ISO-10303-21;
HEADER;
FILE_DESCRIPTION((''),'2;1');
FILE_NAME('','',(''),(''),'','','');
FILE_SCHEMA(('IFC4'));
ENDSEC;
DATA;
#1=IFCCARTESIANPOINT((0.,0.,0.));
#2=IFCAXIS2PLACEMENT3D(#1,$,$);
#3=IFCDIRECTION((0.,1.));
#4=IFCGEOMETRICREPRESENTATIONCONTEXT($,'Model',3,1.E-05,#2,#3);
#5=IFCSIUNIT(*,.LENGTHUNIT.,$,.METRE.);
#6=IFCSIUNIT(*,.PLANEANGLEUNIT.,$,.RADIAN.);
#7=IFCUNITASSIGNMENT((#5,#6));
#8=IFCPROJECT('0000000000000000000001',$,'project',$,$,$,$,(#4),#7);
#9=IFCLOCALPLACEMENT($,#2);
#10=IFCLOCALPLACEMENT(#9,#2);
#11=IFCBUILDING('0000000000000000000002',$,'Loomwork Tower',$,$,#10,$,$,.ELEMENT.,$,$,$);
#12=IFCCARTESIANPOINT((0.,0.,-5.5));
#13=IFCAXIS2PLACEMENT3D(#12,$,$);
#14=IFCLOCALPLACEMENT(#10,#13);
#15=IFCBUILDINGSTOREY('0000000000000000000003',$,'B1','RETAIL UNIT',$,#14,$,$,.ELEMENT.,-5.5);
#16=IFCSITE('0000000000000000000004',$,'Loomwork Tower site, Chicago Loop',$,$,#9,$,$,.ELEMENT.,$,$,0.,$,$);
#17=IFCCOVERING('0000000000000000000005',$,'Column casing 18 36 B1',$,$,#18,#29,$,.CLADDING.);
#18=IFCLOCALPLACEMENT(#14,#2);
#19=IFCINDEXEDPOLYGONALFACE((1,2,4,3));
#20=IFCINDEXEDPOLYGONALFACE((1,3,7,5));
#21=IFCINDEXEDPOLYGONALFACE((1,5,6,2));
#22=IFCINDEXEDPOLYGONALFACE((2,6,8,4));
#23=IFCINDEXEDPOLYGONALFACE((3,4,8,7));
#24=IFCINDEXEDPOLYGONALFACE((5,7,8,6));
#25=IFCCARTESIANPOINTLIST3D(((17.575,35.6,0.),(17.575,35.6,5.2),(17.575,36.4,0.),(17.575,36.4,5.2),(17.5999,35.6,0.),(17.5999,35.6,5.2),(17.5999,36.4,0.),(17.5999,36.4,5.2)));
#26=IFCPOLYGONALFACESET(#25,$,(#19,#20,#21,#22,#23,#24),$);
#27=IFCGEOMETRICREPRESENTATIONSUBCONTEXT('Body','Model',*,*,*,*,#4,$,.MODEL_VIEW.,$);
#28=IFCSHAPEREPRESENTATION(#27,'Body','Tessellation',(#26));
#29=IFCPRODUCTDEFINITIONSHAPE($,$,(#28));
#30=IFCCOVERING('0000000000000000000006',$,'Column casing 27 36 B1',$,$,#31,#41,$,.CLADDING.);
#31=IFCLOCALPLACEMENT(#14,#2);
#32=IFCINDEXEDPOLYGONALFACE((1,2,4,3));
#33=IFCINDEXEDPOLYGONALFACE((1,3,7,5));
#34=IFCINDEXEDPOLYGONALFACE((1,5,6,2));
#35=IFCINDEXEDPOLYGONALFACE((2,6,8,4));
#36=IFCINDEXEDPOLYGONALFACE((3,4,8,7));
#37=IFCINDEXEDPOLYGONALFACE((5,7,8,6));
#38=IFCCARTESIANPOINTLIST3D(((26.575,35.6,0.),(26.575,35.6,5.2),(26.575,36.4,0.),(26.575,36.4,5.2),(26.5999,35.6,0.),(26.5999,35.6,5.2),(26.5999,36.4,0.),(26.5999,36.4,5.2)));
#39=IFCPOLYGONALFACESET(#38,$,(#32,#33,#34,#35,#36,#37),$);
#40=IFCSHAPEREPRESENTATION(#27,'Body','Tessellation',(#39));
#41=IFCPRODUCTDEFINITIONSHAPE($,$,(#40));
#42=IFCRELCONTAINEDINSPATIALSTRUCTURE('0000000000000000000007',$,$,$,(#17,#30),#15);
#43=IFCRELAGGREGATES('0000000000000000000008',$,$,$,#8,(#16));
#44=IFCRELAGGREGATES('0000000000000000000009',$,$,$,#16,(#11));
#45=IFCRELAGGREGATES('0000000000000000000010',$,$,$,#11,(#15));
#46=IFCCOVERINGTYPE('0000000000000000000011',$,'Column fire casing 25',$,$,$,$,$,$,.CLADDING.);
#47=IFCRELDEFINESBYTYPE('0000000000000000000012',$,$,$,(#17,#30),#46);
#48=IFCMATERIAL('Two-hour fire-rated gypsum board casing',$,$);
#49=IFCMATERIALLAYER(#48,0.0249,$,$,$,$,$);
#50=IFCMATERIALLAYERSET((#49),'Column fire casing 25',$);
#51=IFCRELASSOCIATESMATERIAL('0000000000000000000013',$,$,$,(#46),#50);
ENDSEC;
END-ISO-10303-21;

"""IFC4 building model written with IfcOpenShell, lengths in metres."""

from ifc_helpers import new_model, si_unit, direction, frame, origin, origin_2d, place, context, subcontext, project, spatial, rectangle, extrude, material, layer, layer_set, type_object, element, save


model = new_model("IFC4")

# Units and contexts
model_context = context("Model", 3, precision=1e-05, world=origin(), true_north=direction((0.0, 1.0)))
body_context = subcontext(model_context, "Body", "Model", "MODEL_VIEW")
ifc_project = project(units=[si_unit("LENGTHUNIT", "METRE"), si_unit("PLANEANGLEUNIT", "RADIAN")], contexts=[model_context])

# Site, building, storey
site_placement = place(None, origin())
site = spatial("IfcSite", under=ifc_project, at=site_placement, Name="Loomwork Tower site, Chicago Loop", CompositionType="ELEMENT", RefElevation=0.0)
building_placement = place(site_placement, origin())
building = spatial("IfcBuilding", under=site, at=building_placement, Name="Loomwork Tower", CompositionType="ELEMENT")
storey_placement = place(building_placement, frame((0.0, 0.0, -5.5)))
storey = spatial("IfcBuildingStorey", under=building, at=storey_placement, Name="B1", Description="RETAIL UNIT", CompositionType="ELEMENT", Elevation=-5.5)

# Coverings
ifc_material_1 = material(Name="Two-hour fire-rated gypsum board casing")
ifc_layer_1 = layer(ifc_material_1, 0.0249)
ifc_layer_set_1 = layer_set([ifc_layer_1], Name="Column fire casing 25")
covering_type = type_object("IfcCoveringType", Name="Column fire casing 25", PredefinedType="CLADDING", material=ifc_layer_set_1)
for number, where, z_axis, x_axis, name in (
    (1, (17.5874, 36.0, 0.0), (0.0, 0.0, 1.0), (1.0, 0.0, 0.0), "Column casing 18 36 B1"),
    (2, (26.5874, 36.0, 0.0), (0.0, 0.0, 1.0), (1.0, 0.0, 0.0), "Column casing 27 36 B1"),
):
    element("IfcCovering", number, at=place(storey_placement, frame(where, z_axis=z_axis, x_axis=x_axis)), inside=storey, type_object=covering_type, Name=name, PredefinedType="CLADDING", context=body_context, shape_type="SweptSolid", body=[
        extrude(rectangle(XDim=0.0249, YDim=0.8, at=origin_2d()), origin(), (0.0, 0.0, 1.0), 5.2),
    ])

save(model, "model.ifc")
